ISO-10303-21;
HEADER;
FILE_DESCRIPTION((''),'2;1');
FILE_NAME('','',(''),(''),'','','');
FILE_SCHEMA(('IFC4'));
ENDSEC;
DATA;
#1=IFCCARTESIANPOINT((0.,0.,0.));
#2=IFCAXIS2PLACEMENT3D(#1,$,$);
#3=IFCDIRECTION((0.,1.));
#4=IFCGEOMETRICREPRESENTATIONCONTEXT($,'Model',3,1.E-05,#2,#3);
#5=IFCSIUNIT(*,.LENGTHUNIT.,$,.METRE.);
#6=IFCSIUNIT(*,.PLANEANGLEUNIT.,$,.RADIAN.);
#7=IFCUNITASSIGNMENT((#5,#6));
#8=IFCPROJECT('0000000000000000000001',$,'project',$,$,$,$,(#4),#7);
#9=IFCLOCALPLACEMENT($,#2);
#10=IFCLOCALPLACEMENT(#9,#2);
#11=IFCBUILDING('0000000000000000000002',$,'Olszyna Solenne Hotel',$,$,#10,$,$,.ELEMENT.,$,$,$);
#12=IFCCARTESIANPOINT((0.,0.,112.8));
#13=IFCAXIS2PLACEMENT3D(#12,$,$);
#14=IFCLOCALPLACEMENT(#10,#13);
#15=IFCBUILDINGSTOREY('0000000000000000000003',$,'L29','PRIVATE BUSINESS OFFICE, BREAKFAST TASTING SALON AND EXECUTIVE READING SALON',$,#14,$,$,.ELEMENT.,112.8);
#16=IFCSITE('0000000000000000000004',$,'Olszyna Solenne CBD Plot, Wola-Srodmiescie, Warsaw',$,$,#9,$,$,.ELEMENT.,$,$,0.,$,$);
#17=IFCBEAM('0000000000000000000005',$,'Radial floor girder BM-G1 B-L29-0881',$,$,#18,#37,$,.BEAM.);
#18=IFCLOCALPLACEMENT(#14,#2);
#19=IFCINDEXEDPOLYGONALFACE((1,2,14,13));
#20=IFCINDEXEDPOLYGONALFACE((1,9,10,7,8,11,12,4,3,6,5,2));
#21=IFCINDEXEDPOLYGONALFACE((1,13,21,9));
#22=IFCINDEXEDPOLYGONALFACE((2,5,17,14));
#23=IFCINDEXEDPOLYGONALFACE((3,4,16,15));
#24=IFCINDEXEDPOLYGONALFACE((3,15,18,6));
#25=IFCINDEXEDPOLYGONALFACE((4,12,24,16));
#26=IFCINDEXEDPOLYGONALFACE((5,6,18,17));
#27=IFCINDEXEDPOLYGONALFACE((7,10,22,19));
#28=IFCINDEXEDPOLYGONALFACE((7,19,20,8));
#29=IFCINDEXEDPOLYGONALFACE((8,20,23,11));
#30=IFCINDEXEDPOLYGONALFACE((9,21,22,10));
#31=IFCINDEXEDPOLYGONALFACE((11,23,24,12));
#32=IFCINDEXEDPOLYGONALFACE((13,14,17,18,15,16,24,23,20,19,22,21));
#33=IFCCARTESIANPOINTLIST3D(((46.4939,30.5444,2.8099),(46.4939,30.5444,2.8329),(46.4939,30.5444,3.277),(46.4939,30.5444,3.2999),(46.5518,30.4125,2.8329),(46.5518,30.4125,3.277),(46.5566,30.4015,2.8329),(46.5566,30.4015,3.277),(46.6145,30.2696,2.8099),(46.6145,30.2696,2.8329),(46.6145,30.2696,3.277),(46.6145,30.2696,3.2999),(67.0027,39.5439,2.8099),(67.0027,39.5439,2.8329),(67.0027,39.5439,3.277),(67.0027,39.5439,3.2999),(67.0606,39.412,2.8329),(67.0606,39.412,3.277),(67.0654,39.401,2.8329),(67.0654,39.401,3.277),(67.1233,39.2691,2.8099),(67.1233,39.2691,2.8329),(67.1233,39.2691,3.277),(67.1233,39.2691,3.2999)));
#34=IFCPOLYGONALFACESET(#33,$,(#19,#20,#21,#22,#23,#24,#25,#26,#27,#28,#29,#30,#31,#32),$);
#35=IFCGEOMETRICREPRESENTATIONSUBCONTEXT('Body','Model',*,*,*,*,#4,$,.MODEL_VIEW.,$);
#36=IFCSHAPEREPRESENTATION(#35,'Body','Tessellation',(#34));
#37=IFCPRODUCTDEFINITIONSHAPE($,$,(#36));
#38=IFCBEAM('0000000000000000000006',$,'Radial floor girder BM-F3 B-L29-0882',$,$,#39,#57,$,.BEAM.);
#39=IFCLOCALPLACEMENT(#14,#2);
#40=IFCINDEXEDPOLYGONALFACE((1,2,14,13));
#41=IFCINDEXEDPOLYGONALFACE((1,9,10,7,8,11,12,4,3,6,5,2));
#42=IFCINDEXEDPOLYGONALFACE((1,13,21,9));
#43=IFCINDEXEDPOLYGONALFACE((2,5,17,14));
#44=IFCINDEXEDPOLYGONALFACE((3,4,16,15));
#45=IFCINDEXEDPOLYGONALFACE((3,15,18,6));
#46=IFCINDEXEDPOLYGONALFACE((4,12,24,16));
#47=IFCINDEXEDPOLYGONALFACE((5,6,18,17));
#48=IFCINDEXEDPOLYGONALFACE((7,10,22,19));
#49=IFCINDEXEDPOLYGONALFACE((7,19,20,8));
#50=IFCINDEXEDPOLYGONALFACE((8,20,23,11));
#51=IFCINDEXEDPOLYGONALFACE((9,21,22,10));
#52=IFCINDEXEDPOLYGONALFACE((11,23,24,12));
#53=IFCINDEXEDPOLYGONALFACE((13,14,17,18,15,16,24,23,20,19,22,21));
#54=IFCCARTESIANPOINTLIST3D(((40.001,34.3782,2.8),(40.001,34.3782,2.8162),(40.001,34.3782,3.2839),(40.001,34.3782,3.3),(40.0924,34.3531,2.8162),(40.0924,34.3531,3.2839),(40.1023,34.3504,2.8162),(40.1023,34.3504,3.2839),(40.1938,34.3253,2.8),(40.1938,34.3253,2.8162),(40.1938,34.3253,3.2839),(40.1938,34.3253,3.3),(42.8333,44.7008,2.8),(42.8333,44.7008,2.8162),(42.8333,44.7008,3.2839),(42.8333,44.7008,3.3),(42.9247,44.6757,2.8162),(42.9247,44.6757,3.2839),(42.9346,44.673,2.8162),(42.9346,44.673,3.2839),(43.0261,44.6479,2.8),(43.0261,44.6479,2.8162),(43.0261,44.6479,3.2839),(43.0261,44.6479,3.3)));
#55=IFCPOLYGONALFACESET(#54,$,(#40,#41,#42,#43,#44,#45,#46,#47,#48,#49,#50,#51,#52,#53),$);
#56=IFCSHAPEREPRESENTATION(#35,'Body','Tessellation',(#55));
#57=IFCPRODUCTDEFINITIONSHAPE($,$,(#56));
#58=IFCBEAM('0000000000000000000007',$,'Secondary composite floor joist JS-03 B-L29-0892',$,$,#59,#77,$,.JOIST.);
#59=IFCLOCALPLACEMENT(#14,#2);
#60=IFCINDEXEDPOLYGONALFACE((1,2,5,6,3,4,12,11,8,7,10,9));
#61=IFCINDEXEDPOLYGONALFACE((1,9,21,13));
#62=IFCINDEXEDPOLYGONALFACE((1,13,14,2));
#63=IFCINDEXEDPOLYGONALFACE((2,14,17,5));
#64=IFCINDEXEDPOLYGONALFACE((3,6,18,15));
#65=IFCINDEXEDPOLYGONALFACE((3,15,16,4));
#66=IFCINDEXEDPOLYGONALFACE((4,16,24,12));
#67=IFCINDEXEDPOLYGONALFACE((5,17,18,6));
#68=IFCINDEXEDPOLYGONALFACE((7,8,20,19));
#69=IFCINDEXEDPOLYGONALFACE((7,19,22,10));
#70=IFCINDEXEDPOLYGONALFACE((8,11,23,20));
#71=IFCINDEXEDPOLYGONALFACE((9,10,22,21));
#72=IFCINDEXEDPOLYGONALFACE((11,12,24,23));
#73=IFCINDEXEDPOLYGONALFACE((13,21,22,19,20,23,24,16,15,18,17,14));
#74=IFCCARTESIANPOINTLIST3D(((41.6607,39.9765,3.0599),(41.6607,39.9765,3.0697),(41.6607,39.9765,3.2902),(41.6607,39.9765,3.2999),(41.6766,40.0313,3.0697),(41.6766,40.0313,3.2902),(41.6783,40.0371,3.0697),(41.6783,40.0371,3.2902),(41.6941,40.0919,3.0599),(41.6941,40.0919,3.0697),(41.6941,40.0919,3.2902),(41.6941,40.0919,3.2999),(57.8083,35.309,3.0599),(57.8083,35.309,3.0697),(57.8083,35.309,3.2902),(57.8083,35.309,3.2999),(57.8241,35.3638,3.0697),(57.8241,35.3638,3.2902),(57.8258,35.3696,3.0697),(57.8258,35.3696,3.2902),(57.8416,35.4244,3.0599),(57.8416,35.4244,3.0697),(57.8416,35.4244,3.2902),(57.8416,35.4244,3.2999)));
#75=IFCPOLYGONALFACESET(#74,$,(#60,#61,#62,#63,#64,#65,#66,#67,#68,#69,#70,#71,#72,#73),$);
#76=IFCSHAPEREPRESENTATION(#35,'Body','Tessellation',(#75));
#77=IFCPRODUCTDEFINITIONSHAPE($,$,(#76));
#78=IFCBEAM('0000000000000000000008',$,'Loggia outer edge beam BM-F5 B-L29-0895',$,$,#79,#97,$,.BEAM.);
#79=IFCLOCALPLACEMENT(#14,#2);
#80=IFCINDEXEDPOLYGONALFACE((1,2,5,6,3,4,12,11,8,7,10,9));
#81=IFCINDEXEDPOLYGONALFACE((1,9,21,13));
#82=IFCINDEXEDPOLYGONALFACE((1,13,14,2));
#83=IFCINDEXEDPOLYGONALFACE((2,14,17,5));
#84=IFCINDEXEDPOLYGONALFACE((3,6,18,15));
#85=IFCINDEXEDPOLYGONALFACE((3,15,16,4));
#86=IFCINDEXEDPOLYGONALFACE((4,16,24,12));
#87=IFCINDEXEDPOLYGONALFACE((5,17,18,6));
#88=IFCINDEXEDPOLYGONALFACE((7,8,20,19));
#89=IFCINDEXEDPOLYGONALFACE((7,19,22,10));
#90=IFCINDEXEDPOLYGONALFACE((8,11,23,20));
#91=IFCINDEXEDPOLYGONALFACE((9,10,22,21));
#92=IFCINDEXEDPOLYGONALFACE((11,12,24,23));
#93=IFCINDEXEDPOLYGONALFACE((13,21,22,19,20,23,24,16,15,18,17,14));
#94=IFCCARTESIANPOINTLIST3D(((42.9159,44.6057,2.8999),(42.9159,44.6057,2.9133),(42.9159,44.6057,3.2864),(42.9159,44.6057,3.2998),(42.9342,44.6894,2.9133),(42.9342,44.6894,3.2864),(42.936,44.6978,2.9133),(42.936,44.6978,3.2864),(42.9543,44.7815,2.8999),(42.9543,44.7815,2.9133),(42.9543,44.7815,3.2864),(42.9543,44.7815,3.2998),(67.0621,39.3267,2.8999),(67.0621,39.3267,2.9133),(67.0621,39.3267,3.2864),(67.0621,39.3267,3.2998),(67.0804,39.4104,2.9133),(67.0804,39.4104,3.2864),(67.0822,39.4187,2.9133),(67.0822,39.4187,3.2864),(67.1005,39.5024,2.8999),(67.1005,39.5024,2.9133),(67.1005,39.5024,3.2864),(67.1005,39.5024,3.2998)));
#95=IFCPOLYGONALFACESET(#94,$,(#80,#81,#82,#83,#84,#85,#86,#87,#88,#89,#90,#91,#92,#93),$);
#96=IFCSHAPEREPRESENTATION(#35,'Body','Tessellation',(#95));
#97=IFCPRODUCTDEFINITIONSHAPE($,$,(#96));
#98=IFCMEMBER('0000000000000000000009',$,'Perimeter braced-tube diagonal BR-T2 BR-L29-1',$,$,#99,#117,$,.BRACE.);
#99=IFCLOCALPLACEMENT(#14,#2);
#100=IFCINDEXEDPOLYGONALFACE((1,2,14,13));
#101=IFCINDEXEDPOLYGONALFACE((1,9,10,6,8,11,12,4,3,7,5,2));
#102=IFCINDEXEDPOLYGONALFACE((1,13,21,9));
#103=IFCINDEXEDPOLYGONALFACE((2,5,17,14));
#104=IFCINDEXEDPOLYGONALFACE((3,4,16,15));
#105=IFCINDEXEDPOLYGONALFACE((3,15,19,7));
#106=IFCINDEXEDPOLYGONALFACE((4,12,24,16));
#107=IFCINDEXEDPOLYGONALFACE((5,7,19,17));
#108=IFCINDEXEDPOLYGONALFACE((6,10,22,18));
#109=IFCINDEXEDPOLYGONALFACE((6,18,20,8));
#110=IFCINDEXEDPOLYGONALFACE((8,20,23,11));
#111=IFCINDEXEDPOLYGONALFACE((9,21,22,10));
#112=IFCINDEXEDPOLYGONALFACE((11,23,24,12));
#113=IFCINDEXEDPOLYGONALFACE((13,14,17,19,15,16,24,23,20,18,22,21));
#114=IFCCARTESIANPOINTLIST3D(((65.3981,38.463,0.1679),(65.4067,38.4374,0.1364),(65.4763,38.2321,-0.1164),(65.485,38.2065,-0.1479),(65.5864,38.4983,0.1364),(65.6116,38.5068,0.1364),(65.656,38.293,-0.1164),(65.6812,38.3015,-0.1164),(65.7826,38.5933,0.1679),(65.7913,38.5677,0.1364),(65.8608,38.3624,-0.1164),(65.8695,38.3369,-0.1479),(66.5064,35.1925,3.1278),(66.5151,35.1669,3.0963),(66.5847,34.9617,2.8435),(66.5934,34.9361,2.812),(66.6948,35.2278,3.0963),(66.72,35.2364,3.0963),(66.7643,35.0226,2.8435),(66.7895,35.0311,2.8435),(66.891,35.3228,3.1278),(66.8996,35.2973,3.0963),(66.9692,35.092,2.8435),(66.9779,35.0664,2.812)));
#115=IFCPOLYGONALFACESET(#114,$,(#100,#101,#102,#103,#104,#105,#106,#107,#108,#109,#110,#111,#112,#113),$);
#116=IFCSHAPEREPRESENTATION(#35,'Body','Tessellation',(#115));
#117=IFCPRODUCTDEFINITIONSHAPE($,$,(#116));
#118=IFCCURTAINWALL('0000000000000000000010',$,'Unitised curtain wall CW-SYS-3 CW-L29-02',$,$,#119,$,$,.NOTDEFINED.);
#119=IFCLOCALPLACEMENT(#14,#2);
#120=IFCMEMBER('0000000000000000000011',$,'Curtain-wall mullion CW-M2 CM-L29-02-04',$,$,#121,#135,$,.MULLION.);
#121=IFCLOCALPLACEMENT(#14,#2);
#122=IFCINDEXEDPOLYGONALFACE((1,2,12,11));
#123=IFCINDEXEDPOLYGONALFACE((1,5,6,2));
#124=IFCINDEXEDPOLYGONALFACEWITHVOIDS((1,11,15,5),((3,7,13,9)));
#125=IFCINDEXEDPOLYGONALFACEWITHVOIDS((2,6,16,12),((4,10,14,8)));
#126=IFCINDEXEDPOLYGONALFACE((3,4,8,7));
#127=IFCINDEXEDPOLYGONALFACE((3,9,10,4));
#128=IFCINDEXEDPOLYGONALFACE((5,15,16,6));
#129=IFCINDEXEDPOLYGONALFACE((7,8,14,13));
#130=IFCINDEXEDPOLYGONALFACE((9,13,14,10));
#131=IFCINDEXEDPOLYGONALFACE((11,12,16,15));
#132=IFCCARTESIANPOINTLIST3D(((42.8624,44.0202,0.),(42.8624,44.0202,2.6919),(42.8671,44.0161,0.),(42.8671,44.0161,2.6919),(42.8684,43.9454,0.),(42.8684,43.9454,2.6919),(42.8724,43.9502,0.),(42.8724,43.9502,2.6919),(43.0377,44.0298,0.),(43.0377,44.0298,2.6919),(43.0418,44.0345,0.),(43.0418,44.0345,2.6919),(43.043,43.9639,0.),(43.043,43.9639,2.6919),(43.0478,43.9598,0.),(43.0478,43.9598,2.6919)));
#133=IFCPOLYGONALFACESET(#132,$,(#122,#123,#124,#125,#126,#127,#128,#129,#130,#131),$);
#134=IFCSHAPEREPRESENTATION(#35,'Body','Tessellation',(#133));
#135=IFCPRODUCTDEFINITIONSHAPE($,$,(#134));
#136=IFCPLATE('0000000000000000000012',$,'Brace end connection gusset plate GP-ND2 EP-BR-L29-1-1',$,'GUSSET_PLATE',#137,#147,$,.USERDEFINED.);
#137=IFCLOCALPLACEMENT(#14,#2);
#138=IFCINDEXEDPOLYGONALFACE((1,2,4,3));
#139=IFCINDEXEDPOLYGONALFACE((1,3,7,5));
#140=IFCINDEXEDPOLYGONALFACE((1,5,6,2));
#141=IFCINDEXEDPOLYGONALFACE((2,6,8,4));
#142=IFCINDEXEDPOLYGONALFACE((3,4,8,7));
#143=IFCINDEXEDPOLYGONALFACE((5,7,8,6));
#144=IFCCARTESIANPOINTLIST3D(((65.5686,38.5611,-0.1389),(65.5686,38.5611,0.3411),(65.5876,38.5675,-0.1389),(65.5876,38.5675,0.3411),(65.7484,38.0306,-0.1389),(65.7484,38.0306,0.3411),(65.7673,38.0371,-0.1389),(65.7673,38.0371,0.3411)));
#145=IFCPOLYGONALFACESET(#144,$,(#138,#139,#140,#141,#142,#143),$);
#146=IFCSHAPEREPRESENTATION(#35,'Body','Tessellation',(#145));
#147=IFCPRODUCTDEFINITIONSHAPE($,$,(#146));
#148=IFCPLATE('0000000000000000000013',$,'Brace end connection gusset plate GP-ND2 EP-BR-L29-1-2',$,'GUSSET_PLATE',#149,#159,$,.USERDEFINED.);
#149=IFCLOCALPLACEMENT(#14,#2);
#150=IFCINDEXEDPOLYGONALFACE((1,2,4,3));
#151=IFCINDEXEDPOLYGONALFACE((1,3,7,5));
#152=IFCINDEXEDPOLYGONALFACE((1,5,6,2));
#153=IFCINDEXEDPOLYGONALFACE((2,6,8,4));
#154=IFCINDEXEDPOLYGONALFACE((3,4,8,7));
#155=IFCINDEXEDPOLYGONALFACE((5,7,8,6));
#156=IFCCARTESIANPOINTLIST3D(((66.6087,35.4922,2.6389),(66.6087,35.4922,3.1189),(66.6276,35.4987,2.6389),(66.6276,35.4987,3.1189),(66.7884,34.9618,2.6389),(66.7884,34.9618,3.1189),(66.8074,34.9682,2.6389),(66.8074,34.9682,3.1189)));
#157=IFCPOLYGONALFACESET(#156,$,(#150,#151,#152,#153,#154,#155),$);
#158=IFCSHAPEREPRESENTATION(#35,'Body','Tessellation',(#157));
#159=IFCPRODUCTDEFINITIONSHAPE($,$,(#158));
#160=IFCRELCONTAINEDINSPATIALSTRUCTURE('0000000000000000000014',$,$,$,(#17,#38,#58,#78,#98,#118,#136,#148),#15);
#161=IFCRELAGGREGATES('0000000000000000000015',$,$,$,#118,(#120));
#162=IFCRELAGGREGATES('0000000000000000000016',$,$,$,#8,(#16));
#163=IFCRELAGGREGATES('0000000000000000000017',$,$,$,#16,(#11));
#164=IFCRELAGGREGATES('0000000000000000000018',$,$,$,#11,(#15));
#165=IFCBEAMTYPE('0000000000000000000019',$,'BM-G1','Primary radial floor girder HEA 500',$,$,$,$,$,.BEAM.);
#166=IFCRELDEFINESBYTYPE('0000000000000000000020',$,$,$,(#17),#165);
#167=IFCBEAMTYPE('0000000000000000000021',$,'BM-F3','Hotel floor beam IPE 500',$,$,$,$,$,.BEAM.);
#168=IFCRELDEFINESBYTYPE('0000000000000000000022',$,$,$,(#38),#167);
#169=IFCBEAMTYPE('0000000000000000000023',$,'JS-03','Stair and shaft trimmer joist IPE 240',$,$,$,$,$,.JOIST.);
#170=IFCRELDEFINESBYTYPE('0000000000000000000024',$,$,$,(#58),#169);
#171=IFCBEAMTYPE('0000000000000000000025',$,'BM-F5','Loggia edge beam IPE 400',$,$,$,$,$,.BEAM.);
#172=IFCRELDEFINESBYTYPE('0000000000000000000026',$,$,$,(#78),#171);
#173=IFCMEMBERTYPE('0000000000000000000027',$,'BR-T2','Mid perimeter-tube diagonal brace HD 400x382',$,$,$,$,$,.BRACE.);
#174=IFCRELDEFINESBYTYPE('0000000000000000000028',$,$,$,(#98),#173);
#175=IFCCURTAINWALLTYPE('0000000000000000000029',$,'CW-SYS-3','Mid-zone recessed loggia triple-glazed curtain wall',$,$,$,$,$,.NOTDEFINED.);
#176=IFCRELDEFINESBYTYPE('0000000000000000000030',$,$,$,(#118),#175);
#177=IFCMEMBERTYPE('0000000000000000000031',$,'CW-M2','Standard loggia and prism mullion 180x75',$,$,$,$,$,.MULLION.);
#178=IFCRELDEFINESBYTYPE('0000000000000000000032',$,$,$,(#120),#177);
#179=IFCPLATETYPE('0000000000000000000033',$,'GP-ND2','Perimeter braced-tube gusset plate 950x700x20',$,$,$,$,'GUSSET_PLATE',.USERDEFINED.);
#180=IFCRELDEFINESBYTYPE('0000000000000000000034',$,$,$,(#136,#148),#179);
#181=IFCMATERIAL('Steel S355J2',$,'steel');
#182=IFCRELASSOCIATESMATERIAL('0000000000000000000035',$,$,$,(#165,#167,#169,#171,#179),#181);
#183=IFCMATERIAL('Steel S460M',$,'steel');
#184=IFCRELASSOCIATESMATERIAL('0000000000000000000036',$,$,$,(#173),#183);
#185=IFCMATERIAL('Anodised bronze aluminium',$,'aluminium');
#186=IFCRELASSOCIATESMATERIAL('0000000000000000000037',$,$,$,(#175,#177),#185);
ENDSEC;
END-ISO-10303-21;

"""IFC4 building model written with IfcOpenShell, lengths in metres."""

from ifc_helpers import new_model, si_unit, direction, frame, origin, origin_2d, place, context, subcontext, project, spatial, rectangle, hollow_rectangle, i_section, extrude, source, transform, mapped, material, material_profile, profile_set, type_object, element, aggregate, save


model = new_model("IFC4")

# Units and contexts
model_context = context("Model", 3, precision=1e-05, world=origin(), true_north=direction((0.0, 1.0)))
body_context = subcontext(model_context, "Body", "Model", "MODEL_VIEW")
ifc_project = project(units=[si_unit("LENGTHUNIT", "METRE"), si_unit("PLANEANGLEUNIT", "RADIAN")], contexts=[model_context])

# Site, building, storey
site_placement = place(None, origin())
site = spatial("IfcSite", under=ifc_project, at=site_placement, Name="Olszyna Solenne CBD Plot, Wola-Srodmiescie, Warsaw", CompositionType="ELEMENT", RefElevation=0.0)
building_placement = place(site_placement, origin())
building = spatial("IfcBuilding", under=site, at=building_placement, Name="Olszyna Solenne Hotel", CompositionType="ELEMENT")
storey_placement = place(building_placement, frame((0.0, 0.0, 112.8)))
storey = spatial("IfcBuildingStorey", under=building, at=storey_placement, Name="L29", Description="PRIVATE BUSINESS OFFICE, BREAKFAST TASTING SALON AND EXECUTIVE READING SALON", CompositionType="ELEMENT", Elevation=112.8)

# Shared definitions
ifc_material_1 = material(Name="Steel S460M", Category="steel")

# Beams
ifc_material_2 = material(Name="Steel S355J2", Category="steel")
ifc_material_profile_1 = material_profile(ifc_material_2, i_section(OverallWidth=0.3, OverallDepth=0.49, WebThickness=0.012, FlangeThickness=0.0229, at=origin_2d()), Name="HEA 500", Category="load-bearing")
ifc_profile_set_1 = profile_set([ifc_material_profile_1], Name="Steel S355J2")
beam_type_1 = type_object("IfcBeamType", Name="BM-G1", Description="Primary radial floor girder HEA 500", PredefinedType="BEAM", material=ifc_profile_set_1)
shared_shape_1 = source(origin(), body_context, "Body", "SweptSolid", [
    extrude(i_section(OverallWidth=0.3, OverallDepth=0.49, WebThickness=0.012, FlangeThickness=0.0229, at=origin_2d()), origin(), (0.0, 0.0, 1.0), 22.3965),
])
beam_1_placement = place(storey_placement, frame((67.063, 39.4065, 3.0549), z_axis=(-0.915715, -0.401827, 0.0), x_axis=(0.401827, -0.915715, 0.0)))
element("IfcBeam", 1, at=beam_1_placement, inside=storey, type_object=beam_type_1, Name="Radial floor girder BM-G1 B-L29-0881", PredefinedType="BEAM", context=body_context, shape_type="MappedRepresentation", body=[
    mapped(shared_shape_1, transform((0.0, 0.0, 0.0), x_axis=(1.0, 0.0, 0.0), y_axis=(0.0, 1.0, 0.0), z_axis=(0.0, 0.0, 1.0), scale=1.0)),
])
ifc_material_profile_2 = material_profile(ifc_material_2, i_section(OverallWidth=0.2, OverallDepth=0.5, WebThickness=0.0103, FlangeThickness=0.0161, at=origin_2d()), Name="IPE 500", Category="load-bearing")
ifc_profile_set_2 = profile_set([ifc_material_profile_2], Name="Steel S355J2")
beam_type_2 = type_object("IfcBeamType", Name="BM-F3", Description="Hotel floor beam IPE 500", PredefinedType="BEAM", material=ifc_profile_set_2)
shared_shape_2 = source(origin(), body_context, "Body", "SweptSolid", [
    extrude(i_section(OverallWidth=0.2, OverallDepth=0.5, WebThickness=0.0103, FlangeThickness=0.0161, at=origin_2d()), origin(), (0.0, 0.0, 1.0), 10.7041),
])
beam_2_placement = place(storey_placement, frame((42.9297, 44.6743, 3.05), z_axis=(-0.264599, -0.964358, 0.0), x_axis=(0.964358, -0.264599, 0.0)))
element("IfcBeam", 2, at=beam_2_placement, inside=storey, type_object=beam_type_2, Name="Radial floor girder BM-F3 B-L29-0882", PredefinedType="BEAM", context=body_context, shape_type="MappedRepresentation", body=[
    mapped(shared_shape_2, transform((0.0, 0.0, 0.0), x_axis=(1.0, 0.0, 0.0), y_axis=(0.0, 1.0, 0.0), z_axis=(0.0, 0.0, 1.0), scale=1.0)),
])
ifc_material_profile_3 = material_profile(ifc_material_2, i_section(OverallWidth=0.1201, OverallDepth=0.24, WebThickness=0.0061, FlangeThickness=0.0098, at=origin_2d()), Name="IPE 240", Category="load-bearing")
ifc_profile_set_3 = profile_set([ifc_material_profile_3], Name="Steel S355J2")
beam_type_3 = type_object("IfcBeamType", Name="JS-03", Description="Stair and shaft trimmer joist IPE 240", PredefinedType="JOIST", material=ifc_profile_set_3)
shared_shape_3 = source(origin(), body_context, "Body", "SweptSolid", [
    extrude(i_section(OverallWidth=0.1201, OverallDepth=0.24, WebThickness=0.0061, FlangeThickness=0.0098, at=origin_2d()), origin(), (0.0, 0.0, 1.0), 16.8086),
])
beam_3_placement = place(storey_placement, frame((57.825, 35.3667, 3.1799), z_axis=(-0.960672, 0.277686, 0.0), x_axis=(-0.277686, -0.960672, 0.0)))
element("IfcBeam", 3, at=beam_3_placement, inside=storey, type_object=beam_type_3, Name="Secondary composite floor joist JS-03 B-L29-0892", PredefinedType="JOIST", context=body_context, shape_type="MappedRepresentation", body=[
    mapped(shared_shape_3, transform((0.0, 0.0, 0.0), x_axis=(1.0, 0.0, 0.0), y_axis=(0.0, 1.0, 0.0), z_axis=(0.0, 0.0, 1.0), scale=1.0)),
])
ifc_material_profile_4 = material_profile(ifc_material_2, i_section(OverallWidth=0.1799, OverallDepth=0.3999, WebThickness=0.0085, FlangeThickness=0.0134, at=origin_2d()), Name="IPE 400", Category="load-bearing")
ifc_profile_set_4 = profile_set([ifc_material_profile_4], Name="Steel S355J2")
beam_type_4 = type_object("IfcBeamType", Name="BM-F5", Description="Loggia edge beam IPE 400", PredefinedType="BEAM", material=ifc_profile_set_4)
shared_shape_4 = source(origin(), body_context, "Body", "SweptSolid", [
    extrude(i_section(OverallWidth=0.1799, OverallDepth=0.3999, WebThickness=0.0085, FlangeThickness=0.0134, at=origin_2d()), origin(), (0.0, 0.0, 1.0), 24.7166),
])
beam_4_placement = place(storey_placement, frame((67.0813, 39.4146, 3.0999), z_axis=(-0.976925, 0.213583, 0.0), x_axis=(-0.213583, -0.976925, 0.0)))
element("IfcBeam", 4, at=beam_4_placement, inside=storey, type_object=beam_type_4, Name="Loggia outer edge beam BM-F5 B-L29-0895", PredefinedType="BEAM", context=body_context, shape_type="MappedRepresentation", body=[
    mapped(shared_shape_4, transform((0.0, 0.0, 0.0), x_axis=(1.0, 0.0, 0.0), y_axis=(0.0, 1.0, 0.0), z_axis=(0.0, 0.0, 1.0), scale=1.0)),
])

# Member
ifc_material_profile_5 = material_profile(ifc_material_1, i_section(OverallWidth=0.406, OverallDepth=0.416, WebThickness=0.0266, FlangeThickness=0.0415, at=origin_2d()), Name="HD 400x382", Category="load-bearing")
ifc_profile_set_5 = profile_set([ifc_material_profile_5], Name="Steel S460M")
member_type_1 = type_object("IfcMemberType", Name="BR-T2", Description="Mid perimeter-tube diagonal brace HD 400x382", PredefinedType="BRACE", material=ifc_profile_set_5)
shared_shape_5 = source(origin(), body_context, "Body", "SweptSolid", [
    extrude(i_section(OverallWidth=0.406, OverallDepth=0.416, WebThickness=0.0266, FlangeThickness=0.0415, at=origin_2d()), origin(), (0.0, 0.0, 1.0), 4.5481),
])
member_1_placement = place(storey_placement, frame((65.6338, 38.3999, 0.01), z_axis=(0.2437, -0.719077, 0.650798), x_axis=(0.947088, 0.320975, 0.0)))
element("IfcMember", 5, at=member_1_placement, inside=storey, type_object=member_type_1, Name="Perimeter braced-tube diagonal BR-T2 BR-L29-1", PredefinedType="BRACE", context=body_context, shape_type="MappedRepresentation", body=[
    mapped(shared_shape_5, transform((0.0, 0.0, 0.0), x_axis=(1.0, 0.0, 0.0), y_axis=(0.0, 1.0, 0.0), z_axis=(0.0, 0.0, 1.0), scale=1.0)),
])

# Curtain wall, member
ifc_material_3 = material(Name="Anodised bronze aluminium", Category="aluminium")
curtain_wall_type = type_object("IfcCurtainWallType", Name="CW-SYS-3", Description="Mid-zone recessed loggia triple-glazed curtain wall", PredefinedType="NOTDEFINED", material=ifc_material_3)
curtain_wall_placement = place(storey_placement, origin())
curtain_wall = element("IfcCurtainWall", 6, at=curtain_wall_placement, inside=storey, type_object=curtain_wall_type, Name="Unitised curtain wall CW-SYS-3 CW-L29-02", PredefinedType="NOTDEFINED")
ifc_material_profile_6 = material_profile(ifc_material_3, hollow_rectangle(XDim=0.075, YDim=0.1799, WallThickness=0.0044, at=origin_2d()), Name="MULL 180x75x4.5", Category="load-bearing")
ifc_profile_set_6 = profile_set([ifc_material_profile_6], Name="Anodised bronze aluminium")
member_type_2 = type_object("IfcMemberType", Name="CW-M2", Description="Standard loggia and prism mullion 180x75", PredefinedType="MULLION", material=ifc_profile_set_6)
shared_shape_6 = source(origin(), body_context, "Body", "SweptSolid", [
    extrude(hollow_rectangle(XDim=0.075, YDim=0.1799, WallThickness=0.0044, at=origin_2d()), origin(), (0.0, 0.0, 1.0), 2.6919),
])
member_2_placement = place(storey_placement, frame((42.9551, 43.99, 0.0), z_axis=(0.0, 0.0, 1.0), x_axis=(-0.079903, 0.996803, 0.0)))
member_2 = element("IfcMember", 7, at=member_2_placement, type_object=member_type_2, Name="Curtain-wall mullion CW-M2 CM-L29-02-04", PredefinedType="MULLION", context=body_context, shape_type="MappedRepresentation", body=[
    mapped(shared_shape_6, transform((0.0, 0.0, 0.0), x_axis=(1.0, 0.0, 0.0), y_axis=(0.0, 1.0, 0.0), z_axis=(0.0, 0.0, 1.0), scale=1.0)),
])
aggregate(curtain_wall, [member_2])

# Plates
plate_type = type_object("IfcPlateType", Name="GP-ND2", Description="Perimeter braced-tube gusset plate 950x700x20", ElementType="GUSSET_PLATE", PredefinedType="USERDEFINED", material=ifc_material_2)
shared_shape_7 = source(origin(), body_context, "Body", "SweptSolid", [
    extrude(rectangle(XDim=0.5601, YDim=0.02, at=origin_2d()), origin(), (0.0, 0.0, 1.0), 0.48),
])
for number, where, z_axis, x_axis, name in (
    (8, (65.668, 38.2991, -0.1389), (0.0, 0.0, 1.0), (0.320944, -0.947098, 0.0), "Brace end connection gusset plate GP-ND2 EP-BR-L29-1-1"),
    (9, (66.708, 35.2302, 2.6389), (0.0, 0.0, 1.0), (0.320944, -0.947098, 0.0), "Brace end connection gusset plate GP-ND2 EP-BR-L29-1-2"),
):
    element("IfcPlate", number, at=place(storey_placement, frame(where, z_axis=z_axis, x_axis=x_axis)), inside=storey, type_object=plate_type, Name=name, ObjectType="GUSSET_PLATE", PredefinedType="USERDEFINED", context=body_context, shape_type="MappedRepresentation", body=[
        mapped(shared_shape_7, transform((0.0, 0.0, 0.0), x_axis=(1.0, 0.0, 0.0), y_axis=(0.0, 1.0, 0.0), z_axis=(0.0, 0.0, 1.0), scale=1.0)),
    ])

save(model, "model.ifc")
